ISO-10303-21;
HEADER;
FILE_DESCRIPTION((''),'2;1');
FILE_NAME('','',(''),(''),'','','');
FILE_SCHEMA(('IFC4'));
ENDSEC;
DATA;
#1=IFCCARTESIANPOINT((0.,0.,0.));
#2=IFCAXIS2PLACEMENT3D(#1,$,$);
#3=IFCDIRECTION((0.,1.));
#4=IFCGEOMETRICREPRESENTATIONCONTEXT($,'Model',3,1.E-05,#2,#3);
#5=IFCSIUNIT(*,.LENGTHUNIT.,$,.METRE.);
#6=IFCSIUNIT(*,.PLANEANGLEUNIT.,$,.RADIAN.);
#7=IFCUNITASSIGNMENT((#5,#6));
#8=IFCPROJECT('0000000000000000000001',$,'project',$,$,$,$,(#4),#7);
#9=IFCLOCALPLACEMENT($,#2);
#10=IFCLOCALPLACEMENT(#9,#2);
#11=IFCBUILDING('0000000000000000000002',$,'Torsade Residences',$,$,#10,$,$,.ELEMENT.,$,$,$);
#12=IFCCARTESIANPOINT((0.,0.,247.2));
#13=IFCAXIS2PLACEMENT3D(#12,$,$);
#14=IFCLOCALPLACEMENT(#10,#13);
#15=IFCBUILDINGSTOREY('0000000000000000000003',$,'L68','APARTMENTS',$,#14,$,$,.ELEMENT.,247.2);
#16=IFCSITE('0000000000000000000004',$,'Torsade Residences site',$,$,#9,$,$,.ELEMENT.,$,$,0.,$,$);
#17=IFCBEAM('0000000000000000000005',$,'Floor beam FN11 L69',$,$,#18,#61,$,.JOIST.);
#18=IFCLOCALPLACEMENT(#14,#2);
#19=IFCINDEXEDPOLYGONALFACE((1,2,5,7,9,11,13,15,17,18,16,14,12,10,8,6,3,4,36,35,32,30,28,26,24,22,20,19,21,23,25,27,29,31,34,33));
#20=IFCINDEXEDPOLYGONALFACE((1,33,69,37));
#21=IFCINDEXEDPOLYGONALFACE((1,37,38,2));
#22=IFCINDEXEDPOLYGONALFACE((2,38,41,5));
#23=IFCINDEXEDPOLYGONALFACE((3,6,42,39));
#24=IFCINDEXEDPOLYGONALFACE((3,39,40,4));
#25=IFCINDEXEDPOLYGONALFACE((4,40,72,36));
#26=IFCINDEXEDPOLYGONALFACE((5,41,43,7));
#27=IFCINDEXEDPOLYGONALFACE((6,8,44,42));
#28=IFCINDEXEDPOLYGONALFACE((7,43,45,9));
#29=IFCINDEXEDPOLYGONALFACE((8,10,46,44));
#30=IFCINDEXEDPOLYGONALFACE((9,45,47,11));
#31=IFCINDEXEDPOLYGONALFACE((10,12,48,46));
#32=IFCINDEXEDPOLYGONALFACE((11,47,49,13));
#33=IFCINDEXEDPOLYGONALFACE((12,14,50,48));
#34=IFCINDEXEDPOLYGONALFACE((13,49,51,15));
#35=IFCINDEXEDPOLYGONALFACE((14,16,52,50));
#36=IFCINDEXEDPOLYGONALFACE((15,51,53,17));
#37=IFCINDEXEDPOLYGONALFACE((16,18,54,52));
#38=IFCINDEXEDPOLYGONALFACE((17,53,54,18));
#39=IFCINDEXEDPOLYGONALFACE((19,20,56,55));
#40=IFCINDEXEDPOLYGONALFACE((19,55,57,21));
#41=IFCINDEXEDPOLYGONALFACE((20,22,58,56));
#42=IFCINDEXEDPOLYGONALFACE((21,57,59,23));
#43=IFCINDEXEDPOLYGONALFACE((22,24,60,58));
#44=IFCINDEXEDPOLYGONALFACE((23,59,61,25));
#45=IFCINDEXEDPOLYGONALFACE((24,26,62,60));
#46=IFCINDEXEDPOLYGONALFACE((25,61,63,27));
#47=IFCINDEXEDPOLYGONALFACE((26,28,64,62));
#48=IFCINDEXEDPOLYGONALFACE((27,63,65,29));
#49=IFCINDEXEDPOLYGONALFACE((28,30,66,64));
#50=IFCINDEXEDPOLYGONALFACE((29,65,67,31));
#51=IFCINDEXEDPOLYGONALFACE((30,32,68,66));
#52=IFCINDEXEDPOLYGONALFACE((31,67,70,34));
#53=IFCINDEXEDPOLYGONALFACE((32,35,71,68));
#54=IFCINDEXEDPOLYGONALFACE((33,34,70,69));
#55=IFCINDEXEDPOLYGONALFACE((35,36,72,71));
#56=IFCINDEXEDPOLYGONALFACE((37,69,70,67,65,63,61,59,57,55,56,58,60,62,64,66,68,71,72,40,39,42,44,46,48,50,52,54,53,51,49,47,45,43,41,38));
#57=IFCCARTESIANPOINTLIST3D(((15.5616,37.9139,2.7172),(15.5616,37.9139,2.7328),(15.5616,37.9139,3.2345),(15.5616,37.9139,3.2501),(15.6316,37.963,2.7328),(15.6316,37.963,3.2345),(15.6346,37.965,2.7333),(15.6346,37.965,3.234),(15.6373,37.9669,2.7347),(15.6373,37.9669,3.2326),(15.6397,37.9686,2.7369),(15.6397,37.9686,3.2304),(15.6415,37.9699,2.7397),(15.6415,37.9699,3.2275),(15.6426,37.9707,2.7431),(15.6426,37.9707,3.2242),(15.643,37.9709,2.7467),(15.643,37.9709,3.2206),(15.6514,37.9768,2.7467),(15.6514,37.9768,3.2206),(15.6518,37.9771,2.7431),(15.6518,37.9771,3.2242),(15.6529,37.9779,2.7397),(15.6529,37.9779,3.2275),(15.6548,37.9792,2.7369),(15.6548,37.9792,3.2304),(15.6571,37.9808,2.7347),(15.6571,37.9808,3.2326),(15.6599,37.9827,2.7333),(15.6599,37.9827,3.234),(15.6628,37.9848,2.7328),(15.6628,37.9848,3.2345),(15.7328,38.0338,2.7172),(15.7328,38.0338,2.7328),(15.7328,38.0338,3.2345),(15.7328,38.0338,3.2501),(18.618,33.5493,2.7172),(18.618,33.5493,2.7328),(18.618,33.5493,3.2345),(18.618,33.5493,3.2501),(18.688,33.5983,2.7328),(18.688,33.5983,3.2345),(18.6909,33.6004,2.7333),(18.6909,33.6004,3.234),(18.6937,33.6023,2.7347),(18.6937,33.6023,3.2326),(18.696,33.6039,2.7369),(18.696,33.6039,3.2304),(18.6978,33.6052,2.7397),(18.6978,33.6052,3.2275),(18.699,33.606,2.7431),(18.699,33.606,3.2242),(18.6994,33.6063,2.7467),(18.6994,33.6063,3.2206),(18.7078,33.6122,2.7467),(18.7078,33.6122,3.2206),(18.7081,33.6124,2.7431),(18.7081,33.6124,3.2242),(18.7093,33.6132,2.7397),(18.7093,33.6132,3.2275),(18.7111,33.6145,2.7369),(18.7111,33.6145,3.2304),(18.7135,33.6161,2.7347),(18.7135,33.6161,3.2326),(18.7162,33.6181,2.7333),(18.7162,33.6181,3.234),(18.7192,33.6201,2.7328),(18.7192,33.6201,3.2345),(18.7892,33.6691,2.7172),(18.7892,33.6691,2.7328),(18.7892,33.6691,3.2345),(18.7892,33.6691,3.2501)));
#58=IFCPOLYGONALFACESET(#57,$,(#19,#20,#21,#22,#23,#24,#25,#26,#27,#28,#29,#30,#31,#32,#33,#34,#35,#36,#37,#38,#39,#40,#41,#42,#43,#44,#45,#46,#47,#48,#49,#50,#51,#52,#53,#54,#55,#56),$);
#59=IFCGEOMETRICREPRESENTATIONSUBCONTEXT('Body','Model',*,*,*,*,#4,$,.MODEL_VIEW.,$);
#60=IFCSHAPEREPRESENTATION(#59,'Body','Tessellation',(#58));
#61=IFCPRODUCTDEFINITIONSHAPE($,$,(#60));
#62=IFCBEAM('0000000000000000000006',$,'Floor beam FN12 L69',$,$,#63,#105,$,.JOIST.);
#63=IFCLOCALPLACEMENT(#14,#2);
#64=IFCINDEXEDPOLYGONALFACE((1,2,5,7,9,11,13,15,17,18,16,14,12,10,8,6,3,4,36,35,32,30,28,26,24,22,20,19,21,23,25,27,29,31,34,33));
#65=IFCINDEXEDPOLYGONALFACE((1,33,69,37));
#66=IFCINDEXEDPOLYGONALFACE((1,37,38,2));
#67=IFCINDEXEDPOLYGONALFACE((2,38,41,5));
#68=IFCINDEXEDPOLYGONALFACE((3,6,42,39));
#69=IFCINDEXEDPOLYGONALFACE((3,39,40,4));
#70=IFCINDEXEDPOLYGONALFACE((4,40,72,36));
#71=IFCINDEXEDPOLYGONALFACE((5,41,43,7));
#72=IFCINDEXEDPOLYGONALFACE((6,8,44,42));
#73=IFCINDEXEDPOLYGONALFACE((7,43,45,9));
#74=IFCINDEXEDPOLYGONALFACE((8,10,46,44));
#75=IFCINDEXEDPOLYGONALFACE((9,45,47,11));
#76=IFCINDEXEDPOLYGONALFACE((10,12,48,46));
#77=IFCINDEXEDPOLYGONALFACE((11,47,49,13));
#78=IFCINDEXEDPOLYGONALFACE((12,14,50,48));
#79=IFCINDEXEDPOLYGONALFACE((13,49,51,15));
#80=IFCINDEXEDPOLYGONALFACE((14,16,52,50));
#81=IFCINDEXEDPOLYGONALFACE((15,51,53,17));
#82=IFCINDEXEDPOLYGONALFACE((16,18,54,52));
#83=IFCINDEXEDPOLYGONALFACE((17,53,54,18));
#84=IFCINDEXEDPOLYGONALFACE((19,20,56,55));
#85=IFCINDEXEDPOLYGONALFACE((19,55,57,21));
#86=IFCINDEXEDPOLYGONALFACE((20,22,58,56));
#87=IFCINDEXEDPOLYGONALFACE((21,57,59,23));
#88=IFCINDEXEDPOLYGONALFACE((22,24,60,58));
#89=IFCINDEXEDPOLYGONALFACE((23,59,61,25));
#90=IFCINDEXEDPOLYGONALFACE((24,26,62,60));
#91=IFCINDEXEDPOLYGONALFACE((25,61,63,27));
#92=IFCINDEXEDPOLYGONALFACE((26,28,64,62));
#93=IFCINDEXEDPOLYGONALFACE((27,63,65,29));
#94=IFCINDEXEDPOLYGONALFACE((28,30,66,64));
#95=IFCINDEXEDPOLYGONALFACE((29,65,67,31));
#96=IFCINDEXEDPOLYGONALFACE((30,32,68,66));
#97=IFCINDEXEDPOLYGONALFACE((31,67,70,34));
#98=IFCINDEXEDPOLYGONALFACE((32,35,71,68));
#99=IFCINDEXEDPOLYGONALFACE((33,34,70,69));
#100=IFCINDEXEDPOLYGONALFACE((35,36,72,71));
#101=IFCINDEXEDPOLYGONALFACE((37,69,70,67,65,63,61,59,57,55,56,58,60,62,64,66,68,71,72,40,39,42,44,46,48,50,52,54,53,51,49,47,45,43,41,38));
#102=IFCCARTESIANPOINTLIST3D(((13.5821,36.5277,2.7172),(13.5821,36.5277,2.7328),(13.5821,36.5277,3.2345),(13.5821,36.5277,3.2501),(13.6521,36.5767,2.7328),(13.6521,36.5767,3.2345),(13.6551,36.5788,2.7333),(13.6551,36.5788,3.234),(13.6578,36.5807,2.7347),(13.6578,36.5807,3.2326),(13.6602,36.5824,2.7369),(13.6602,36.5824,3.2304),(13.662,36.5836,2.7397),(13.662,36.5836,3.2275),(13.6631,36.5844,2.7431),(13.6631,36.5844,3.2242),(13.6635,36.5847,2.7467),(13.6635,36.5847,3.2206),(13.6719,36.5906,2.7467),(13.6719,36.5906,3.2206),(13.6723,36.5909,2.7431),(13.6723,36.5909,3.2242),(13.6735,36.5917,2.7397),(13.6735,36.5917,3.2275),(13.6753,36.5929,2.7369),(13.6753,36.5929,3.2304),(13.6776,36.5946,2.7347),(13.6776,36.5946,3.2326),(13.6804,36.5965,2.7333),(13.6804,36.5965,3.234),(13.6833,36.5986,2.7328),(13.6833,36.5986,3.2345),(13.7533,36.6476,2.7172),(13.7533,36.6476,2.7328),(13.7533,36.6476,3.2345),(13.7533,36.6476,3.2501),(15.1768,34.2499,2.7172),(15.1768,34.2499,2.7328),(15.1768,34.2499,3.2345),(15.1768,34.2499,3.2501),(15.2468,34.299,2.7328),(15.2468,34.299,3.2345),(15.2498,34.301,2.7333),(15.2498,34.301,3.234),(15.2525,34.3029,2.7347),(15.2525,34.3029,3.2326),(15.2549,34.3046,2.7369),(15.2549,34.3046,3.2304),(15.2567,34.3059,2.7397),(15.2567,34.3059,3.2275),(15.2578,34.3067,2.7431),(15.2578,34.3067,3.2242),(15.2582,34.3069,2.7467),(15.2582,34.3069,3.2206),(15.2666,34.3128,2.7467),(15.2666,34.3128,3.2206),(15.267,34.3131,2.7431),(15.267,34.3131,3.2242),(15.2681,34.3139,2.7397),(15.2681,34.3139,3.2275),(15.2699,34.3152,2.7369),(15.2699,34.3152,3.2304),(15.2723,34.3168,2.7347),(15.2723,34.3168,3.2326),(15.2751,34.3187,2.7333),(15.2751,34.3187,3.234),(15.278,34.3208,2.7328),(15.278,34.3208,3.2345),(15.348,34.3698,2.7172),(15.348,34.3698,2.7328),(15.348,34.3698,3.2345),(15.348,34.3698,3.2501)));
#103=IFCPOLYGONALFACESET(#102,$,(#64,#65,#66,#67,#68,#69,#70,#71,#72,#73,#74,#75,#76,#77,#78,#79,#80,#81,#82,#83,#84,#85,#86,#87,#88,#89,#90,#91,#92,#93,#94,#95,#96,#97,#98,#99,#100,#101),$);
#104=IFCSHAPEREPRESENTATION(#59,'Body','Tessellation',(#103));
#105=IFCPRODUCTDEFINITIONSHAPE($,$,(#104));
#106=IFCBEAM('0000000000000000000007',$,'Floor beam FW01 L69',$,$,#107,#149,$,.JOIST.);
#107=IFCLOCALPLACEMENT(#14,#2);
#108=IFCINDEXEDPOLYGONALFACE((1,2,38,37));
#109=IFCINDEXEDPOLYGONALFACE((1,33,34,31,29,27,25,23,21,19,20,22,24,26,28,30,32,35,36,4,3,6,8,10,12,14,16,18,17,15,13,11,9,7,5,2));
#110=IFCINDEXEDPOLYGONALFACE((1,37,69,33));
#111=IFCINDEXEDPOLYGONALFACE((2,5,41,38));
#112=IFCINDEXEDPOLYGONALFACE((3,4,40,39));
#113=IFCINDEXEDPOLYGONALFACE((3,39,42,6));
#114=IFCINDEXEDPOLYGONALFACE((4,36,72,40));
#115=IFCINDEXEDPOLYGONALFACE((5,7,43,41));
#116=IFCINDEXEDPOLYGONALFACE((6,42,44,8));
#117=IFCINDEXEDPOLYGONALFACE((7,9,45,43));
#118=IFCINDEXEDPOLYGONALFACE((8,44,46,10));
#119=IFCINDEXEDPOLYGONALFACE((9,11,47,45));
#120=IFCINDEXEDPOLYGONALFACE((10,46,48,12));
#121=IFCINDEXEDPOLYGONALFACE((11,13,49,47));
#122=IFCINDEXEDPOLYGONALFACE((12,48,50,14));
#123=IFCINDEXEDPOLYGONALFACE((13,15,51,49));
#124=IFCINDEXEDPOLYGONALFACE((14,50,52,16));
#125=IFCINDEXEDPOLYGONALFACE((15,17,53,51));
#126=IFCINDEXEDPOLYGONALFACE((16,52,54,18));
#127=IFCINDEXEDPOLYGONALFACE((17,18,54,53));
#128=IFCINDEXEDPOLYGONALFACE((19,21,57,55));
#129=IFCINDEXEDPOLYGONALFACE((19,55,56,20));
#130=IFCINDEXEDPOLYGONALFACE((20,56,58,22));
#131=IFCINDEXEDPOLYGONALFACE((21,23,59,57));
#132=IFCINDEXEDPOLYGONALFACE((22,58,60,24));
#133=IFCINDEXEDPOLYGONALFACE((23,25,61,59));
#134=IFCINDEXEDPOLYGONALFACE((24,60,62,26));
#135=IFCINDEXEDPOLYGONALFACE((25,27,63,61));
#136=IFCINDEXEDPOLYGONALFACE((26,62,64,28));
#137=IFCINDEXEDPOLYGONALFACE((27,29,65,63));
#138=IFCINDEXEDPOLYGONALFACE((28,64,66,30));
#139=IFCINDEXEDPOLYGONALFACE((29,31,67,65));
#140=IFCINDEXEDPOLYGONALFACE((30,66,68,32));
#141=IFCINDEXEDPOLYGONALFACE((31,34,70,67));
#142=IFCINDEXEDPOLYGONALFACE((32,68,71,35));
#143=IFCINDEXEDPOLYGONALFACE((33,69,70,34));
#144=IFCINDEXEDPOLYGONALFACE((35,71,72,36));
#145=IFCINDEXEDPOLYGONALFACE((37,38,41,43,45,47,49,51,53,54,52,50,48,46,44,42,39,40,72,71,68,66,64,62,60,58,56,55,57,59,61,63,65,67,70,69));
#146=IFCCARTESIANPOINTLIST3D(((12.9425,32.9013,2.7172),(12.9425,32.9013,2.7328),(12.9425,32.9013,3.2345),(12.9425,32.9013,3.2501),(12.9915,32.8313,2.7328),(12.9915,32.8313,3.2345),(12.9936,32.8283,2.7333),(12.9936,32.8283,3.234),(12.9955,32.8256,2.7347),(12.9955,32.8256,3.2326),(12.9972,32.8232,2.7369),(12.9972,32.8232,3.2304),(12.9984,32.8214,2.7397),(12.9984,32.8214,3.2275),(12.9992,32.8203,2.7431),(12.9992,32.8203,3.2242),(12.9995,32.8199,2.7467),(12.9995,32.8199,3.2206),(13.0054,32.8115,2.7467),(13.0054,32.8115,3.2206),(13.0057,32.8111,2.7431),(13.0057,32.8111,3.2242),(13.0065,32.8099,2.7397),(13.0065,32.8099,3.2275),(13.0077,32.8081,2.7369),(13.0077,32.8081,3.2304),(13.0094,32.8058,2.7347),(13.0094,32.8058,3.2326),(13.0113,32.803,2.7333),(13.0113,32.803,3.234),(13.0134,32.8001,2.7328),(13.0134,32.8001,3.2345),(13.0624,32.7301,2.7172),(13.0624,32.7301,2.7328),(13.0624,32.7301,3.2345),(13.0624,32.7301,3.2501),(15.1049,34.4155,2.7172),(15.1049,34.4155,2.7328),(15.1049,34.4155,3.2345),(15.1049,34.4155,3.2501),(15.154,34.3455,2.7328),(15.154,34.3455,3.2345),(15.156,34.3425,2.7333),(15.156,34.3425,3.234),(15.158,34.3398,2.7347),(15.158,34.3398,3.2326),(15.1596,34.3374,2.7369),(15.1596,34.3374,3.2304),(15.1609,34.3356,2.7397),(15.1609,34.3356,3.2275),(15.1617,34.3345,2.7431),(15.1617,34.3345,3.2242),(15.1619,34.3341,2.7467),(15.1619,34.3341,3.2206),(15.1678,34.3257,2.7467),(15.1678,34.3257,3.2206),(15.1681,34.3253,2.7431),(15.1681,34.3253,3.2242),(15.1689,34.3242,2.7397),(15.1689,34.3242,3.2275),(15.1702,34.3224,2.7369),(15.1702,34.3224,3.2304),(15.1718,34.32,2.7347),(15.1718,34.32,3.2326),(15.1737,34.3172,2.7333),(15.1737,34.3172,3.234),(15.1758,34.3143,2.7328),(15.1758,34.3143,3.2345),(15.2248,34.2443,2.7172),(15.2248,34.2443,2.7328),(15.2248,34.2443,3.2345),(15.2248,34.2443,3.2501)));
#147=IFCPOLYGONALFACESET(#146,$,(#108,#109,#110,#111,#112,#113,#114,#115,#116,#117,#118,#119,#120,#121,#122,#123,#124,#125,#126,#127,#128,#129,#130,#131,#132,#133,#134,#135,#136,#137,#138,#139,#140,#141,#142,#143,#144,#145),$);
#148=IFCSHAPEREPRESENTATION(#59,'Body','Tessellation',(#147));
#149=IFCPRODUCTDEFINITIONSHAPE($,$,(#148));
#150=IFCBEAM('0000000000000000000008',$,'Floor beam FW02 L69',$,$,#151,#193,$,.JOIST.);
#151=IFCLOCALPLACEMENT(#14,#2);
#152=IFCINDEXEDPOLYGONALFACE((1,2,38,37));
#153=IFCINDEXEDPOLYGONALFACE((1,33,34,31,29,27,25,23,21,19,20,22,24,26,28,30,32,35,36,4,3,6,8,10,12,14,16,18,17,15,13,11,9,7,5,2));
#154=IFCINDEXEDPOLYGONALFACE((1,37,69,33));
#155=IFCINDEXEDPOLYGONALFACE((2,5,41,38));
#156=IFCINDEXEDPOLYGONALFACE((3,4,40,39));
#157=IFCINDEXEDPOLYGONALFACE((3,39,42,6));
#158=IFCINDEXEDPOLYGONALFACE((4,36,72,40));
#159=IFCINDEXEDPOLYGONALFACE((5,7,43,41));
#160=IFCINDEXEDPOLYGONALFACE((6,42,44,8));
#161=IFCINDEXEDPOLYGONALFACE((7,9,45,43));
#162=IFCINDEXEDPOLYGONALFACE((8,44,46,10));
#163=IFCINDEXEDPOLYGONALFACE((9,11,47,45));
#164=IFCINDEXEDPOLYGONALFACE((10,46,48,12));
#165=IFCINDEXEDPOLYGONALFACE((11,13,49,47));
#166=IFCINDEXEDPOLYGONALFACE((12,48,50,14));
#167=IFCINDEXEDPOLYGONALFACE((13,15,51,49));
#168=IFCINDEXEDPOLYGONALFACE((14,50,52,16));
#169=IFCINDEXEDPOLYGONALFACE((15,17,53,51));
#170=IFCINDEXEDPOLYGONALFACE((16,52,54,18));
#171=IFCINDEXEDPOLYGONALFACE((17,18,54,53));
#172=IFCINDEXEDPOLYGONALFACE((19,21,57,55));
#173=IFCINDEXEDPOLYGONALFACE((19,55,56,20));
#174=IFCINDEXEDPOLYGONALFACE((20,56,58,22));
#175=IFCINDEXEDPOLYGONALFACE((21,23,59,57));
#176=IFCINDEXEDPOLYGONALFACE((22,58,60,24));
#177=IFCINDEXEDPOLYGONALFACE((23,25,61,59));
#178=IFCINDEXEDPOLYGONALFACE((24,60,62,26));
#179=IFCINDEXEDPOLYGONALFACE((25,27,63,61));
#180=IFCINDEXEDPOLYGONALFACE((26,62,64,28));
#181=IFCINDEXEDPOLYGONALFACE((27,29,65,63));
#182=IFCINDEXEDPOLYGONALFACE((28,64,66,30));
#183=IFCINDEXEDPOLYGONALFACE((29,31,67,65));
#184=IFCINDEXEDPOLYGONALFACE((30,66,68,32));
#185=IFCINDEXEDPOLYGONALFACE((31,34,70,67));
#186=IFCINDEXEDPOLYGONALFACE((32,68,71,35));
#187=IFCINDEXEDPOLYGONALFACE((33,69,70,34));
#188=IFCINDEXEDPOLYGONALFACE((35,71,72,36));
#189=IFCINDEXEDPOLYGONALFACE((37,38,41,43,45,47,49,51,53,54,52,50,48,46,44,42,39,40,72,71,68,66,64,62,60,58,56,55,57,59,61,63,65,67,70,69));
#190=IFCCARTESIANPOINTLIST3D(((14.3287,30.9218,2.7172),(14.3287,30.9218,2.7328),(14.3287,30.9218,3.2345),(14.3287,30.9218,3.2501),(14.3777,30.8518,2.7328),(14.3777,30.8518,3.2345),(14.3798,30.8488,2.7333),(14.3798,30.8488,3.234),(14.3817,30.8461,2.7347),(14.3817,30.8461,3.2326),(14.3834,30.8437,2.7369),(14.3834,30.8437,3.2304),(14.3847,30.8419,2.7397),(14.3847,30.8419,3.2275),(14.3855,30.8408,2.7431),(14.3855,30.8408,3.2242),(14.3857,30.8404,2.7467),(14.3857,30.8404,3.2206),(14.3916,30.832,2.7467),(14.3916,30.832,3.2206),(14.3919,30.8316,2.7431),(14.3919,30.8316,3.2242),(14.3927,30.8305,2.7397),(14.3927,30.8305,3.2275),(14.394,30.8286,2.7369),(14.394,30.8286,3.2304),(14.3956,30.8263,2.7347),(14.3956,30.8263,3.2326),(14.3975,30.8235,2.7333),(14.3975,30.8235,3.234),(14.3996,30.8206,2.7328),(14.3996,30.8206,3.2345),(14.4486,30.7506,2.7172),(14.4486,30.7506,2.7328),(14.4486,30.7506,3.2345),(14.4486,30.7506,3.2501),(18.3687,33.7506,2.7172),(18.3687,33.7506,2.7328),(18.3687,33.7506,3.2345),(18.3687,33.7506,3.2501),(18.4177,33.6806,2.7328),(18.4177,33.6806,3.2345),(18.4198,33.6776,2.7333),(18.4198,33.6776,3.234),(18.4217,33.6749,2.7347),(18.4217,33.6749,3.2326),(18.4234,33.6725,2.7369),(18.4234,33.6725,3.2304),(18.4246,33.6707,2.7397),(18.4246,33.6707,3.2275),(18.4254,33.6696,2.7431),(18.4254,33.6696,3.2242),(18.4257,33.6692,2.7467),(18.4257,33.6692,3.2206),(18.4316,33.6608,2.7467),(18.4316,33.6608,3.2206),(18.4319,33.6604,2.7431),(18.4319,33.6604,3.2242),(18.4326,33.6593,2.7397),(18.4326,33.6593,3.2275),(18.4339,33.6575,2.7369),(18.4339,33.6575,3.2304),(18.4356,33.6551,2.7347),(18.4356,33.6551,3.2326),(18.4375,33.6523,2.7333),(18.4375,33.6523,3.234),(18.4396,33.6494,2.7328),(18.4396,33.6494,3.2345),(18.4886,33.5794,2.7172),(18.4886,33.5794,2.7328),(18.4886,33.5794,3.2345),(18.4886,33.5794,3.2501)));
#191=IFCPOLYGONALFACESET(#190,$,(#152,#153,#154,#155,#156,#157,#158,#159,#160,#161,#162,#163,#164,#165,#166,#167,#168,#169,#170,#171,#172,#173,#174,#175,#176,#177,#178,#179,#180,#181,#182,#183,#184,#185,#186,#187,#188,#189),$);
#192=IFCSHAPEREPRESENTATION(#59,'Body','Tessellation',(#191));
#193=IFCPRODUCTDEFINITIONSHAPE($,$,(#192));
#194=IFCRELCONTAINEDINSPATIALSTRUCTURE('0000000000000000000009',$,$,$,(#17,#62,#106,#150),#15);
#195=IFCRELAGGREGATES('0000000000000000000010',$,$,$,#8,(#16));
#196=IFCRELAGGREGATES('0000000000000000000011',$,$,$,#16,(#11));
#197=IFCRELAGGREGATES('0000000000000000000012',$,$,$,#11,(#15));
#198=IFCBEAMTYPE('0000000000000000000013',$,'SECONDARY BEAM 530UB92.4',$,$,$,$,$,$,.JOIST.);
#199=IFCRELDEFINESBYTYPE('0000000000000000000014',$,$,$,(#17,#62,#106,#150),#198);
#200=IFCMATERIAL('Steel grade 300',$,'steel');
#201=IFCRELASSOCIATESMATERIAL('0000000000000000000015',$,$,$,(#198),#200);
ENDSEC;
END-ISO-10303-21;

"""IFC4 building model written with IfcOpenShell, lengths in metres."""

from ifc_helpers import new_model, si_unit, direction, frame, origin, origin_2d, place, context, subcontext, project, spatial, i_section, extrude, material, material_profile, profile_set, type_object, element, save


model = new_model("IFC4")

# Units and contexts
model_context = context("Model", 3, precision=1e-05, world=origin(), true_north=direction((0.0, 1.0)))
body_context = subcontext(model_context, "Body", "Model", "MODEL_VIEW")
ifc_project = project(units=[si_unit("LENGTHUNIT", "METRE"), si_unit("PLANEANGLEUNIT", "RADIAN")], contexts=[model_context])

# Site, building, storey
site_placement = place(None, origin())
site = spatial("IfcSite", under=ifc_project, at=site_placement, Name="Torsade Residences site", CompositionType="ELEMENT", RefElevation=0.0)
building_placement = place(site_placement, origin())
building = spatial("IfcBuilding", under=site, at=building_placement, Name="Torsade Residences", CompositionType="ELEMENT")
storey_placement = place(building_placement, frame((0.0, 0.0, 247.2)))
storey = spatial("IfcBuildingStorey", under=building, at=storey_placement, Name="L68", Description="APARTMENTS", CompositionType="ELEMENT", Elevation=247.2)

# Beams
ifc_material_1 = material(Name="Steel grade 300", Category="steel")
ifc_material_profile_1 = material_profile(ifc_material_1, i_section(OverallWidth=0.209, OverallDepth=0.533, WebThickness=0.0103, FlangeThickness=0.0156, FilletRadius=0.0139, at=origin_2d()), Name="530UB92.4")
ifc_profile_set_1 = profile_set([ifc_material_profile_1], Name="Steel grade 300")
beam_type_1 = type_object("IfcBeamType", Name="SECONDARY BEAM 530UB92.4", PredefinedType="JOIST", material=ifc_profile_set_1)
beam_1_placement = place(storey_placement, frame((15.6472, 37.9739, 2.9836), z_axis=(0.573598, -0.819137, 0.0), x_axis=(0.819137, 0.573598, 0.0)))
element("IfcBeam", 1, at=beam_1_placement, inside=storey, type_object=beam_type_1, Name="Floor beam FN11 L69", PredefinedType="JOIST", context=body_context, shape_type="SweptSolid", body=[
    extrude(i_section(OverallWidth=0.209, OverallDepth=0.533, WebThickness=0.0103, FlangeThickness=0.0156, FilletRadius=0.0139, at=origin_2d()), origin(), (0.0, 0.0, 1.0), 5.3284),
])
beam_2_placement = place(storey_placement, frame((13.6677, 36.5876, 2.9836), z_axis=(0.573521, -0.819191, 0.0), x_axis=(0.819191, 0.573521, 0.0)))
element("IfcBeam", 2, at=beam_2_placement, inside=storey, type_object=beam_type_1, Name="Floor beam FN12 L69", PredefinedType="JOIST", context=body_context, shape_type="SweptSolid", body=[
    extrude(i_section(OverallWidth=0.209, OverallDepth=0.533, WebThickness=0.0103, FlangeThickness=0.0156, FilletRadius=0.0139, at=origin_2d()), origin(), (0.0, 0.0, 1.0), 2.7805),
])
beam_3_placement = place(storey_placement, frame((13.0024, 32.8157, 2.9836), z_axis=(0.819141, 0.573593, 0.0), x_axis=(-0.573593, 0.819141, 0.0)))
element("IfcBeam", 3, at=beam_3_placement, inside=storey, type_object=beam_type_1, Name="Floor beam FW01 L69", PredefinedType="JOIST", context=body_context, shape_type="SweptSolid", body=[
    extrude(i_section(OverallWidth=0.209, OverallDepth=0.533, WebThickness=0.0103, FlangeThickness=0.0156, FilletRadius=0.0139, at=origin_2d()), origin(), (0.0, 0.0, 1.0), 2.6399),
])
beam_4_placement = place(storey_placement, frame((14.3887, 30.8362, 2.9836), z_axis=(0.819153, 0.573575, 0.0), x_axis=(-0.573575, 0.819153, 0.0)))
element("IfcBeam", 4, at=beam_4_placement, inside=storey, type_object=beam_type_1, Name="Floor beam FW02 L69", PredefinedType="JOIST", context=body_context, shape_type="SweptSolid", body=[
    extrude(i_section(OverallWidth=0.209, OverallDepth=0.533, WebThickness=0.0103, FlangeThickness=0.0156, FilletRadius=0.0139, at=origin_2d()), origin(), (0.0, 0.0, 1.0), 4.9319),
])

save(model, "model.ifc")
